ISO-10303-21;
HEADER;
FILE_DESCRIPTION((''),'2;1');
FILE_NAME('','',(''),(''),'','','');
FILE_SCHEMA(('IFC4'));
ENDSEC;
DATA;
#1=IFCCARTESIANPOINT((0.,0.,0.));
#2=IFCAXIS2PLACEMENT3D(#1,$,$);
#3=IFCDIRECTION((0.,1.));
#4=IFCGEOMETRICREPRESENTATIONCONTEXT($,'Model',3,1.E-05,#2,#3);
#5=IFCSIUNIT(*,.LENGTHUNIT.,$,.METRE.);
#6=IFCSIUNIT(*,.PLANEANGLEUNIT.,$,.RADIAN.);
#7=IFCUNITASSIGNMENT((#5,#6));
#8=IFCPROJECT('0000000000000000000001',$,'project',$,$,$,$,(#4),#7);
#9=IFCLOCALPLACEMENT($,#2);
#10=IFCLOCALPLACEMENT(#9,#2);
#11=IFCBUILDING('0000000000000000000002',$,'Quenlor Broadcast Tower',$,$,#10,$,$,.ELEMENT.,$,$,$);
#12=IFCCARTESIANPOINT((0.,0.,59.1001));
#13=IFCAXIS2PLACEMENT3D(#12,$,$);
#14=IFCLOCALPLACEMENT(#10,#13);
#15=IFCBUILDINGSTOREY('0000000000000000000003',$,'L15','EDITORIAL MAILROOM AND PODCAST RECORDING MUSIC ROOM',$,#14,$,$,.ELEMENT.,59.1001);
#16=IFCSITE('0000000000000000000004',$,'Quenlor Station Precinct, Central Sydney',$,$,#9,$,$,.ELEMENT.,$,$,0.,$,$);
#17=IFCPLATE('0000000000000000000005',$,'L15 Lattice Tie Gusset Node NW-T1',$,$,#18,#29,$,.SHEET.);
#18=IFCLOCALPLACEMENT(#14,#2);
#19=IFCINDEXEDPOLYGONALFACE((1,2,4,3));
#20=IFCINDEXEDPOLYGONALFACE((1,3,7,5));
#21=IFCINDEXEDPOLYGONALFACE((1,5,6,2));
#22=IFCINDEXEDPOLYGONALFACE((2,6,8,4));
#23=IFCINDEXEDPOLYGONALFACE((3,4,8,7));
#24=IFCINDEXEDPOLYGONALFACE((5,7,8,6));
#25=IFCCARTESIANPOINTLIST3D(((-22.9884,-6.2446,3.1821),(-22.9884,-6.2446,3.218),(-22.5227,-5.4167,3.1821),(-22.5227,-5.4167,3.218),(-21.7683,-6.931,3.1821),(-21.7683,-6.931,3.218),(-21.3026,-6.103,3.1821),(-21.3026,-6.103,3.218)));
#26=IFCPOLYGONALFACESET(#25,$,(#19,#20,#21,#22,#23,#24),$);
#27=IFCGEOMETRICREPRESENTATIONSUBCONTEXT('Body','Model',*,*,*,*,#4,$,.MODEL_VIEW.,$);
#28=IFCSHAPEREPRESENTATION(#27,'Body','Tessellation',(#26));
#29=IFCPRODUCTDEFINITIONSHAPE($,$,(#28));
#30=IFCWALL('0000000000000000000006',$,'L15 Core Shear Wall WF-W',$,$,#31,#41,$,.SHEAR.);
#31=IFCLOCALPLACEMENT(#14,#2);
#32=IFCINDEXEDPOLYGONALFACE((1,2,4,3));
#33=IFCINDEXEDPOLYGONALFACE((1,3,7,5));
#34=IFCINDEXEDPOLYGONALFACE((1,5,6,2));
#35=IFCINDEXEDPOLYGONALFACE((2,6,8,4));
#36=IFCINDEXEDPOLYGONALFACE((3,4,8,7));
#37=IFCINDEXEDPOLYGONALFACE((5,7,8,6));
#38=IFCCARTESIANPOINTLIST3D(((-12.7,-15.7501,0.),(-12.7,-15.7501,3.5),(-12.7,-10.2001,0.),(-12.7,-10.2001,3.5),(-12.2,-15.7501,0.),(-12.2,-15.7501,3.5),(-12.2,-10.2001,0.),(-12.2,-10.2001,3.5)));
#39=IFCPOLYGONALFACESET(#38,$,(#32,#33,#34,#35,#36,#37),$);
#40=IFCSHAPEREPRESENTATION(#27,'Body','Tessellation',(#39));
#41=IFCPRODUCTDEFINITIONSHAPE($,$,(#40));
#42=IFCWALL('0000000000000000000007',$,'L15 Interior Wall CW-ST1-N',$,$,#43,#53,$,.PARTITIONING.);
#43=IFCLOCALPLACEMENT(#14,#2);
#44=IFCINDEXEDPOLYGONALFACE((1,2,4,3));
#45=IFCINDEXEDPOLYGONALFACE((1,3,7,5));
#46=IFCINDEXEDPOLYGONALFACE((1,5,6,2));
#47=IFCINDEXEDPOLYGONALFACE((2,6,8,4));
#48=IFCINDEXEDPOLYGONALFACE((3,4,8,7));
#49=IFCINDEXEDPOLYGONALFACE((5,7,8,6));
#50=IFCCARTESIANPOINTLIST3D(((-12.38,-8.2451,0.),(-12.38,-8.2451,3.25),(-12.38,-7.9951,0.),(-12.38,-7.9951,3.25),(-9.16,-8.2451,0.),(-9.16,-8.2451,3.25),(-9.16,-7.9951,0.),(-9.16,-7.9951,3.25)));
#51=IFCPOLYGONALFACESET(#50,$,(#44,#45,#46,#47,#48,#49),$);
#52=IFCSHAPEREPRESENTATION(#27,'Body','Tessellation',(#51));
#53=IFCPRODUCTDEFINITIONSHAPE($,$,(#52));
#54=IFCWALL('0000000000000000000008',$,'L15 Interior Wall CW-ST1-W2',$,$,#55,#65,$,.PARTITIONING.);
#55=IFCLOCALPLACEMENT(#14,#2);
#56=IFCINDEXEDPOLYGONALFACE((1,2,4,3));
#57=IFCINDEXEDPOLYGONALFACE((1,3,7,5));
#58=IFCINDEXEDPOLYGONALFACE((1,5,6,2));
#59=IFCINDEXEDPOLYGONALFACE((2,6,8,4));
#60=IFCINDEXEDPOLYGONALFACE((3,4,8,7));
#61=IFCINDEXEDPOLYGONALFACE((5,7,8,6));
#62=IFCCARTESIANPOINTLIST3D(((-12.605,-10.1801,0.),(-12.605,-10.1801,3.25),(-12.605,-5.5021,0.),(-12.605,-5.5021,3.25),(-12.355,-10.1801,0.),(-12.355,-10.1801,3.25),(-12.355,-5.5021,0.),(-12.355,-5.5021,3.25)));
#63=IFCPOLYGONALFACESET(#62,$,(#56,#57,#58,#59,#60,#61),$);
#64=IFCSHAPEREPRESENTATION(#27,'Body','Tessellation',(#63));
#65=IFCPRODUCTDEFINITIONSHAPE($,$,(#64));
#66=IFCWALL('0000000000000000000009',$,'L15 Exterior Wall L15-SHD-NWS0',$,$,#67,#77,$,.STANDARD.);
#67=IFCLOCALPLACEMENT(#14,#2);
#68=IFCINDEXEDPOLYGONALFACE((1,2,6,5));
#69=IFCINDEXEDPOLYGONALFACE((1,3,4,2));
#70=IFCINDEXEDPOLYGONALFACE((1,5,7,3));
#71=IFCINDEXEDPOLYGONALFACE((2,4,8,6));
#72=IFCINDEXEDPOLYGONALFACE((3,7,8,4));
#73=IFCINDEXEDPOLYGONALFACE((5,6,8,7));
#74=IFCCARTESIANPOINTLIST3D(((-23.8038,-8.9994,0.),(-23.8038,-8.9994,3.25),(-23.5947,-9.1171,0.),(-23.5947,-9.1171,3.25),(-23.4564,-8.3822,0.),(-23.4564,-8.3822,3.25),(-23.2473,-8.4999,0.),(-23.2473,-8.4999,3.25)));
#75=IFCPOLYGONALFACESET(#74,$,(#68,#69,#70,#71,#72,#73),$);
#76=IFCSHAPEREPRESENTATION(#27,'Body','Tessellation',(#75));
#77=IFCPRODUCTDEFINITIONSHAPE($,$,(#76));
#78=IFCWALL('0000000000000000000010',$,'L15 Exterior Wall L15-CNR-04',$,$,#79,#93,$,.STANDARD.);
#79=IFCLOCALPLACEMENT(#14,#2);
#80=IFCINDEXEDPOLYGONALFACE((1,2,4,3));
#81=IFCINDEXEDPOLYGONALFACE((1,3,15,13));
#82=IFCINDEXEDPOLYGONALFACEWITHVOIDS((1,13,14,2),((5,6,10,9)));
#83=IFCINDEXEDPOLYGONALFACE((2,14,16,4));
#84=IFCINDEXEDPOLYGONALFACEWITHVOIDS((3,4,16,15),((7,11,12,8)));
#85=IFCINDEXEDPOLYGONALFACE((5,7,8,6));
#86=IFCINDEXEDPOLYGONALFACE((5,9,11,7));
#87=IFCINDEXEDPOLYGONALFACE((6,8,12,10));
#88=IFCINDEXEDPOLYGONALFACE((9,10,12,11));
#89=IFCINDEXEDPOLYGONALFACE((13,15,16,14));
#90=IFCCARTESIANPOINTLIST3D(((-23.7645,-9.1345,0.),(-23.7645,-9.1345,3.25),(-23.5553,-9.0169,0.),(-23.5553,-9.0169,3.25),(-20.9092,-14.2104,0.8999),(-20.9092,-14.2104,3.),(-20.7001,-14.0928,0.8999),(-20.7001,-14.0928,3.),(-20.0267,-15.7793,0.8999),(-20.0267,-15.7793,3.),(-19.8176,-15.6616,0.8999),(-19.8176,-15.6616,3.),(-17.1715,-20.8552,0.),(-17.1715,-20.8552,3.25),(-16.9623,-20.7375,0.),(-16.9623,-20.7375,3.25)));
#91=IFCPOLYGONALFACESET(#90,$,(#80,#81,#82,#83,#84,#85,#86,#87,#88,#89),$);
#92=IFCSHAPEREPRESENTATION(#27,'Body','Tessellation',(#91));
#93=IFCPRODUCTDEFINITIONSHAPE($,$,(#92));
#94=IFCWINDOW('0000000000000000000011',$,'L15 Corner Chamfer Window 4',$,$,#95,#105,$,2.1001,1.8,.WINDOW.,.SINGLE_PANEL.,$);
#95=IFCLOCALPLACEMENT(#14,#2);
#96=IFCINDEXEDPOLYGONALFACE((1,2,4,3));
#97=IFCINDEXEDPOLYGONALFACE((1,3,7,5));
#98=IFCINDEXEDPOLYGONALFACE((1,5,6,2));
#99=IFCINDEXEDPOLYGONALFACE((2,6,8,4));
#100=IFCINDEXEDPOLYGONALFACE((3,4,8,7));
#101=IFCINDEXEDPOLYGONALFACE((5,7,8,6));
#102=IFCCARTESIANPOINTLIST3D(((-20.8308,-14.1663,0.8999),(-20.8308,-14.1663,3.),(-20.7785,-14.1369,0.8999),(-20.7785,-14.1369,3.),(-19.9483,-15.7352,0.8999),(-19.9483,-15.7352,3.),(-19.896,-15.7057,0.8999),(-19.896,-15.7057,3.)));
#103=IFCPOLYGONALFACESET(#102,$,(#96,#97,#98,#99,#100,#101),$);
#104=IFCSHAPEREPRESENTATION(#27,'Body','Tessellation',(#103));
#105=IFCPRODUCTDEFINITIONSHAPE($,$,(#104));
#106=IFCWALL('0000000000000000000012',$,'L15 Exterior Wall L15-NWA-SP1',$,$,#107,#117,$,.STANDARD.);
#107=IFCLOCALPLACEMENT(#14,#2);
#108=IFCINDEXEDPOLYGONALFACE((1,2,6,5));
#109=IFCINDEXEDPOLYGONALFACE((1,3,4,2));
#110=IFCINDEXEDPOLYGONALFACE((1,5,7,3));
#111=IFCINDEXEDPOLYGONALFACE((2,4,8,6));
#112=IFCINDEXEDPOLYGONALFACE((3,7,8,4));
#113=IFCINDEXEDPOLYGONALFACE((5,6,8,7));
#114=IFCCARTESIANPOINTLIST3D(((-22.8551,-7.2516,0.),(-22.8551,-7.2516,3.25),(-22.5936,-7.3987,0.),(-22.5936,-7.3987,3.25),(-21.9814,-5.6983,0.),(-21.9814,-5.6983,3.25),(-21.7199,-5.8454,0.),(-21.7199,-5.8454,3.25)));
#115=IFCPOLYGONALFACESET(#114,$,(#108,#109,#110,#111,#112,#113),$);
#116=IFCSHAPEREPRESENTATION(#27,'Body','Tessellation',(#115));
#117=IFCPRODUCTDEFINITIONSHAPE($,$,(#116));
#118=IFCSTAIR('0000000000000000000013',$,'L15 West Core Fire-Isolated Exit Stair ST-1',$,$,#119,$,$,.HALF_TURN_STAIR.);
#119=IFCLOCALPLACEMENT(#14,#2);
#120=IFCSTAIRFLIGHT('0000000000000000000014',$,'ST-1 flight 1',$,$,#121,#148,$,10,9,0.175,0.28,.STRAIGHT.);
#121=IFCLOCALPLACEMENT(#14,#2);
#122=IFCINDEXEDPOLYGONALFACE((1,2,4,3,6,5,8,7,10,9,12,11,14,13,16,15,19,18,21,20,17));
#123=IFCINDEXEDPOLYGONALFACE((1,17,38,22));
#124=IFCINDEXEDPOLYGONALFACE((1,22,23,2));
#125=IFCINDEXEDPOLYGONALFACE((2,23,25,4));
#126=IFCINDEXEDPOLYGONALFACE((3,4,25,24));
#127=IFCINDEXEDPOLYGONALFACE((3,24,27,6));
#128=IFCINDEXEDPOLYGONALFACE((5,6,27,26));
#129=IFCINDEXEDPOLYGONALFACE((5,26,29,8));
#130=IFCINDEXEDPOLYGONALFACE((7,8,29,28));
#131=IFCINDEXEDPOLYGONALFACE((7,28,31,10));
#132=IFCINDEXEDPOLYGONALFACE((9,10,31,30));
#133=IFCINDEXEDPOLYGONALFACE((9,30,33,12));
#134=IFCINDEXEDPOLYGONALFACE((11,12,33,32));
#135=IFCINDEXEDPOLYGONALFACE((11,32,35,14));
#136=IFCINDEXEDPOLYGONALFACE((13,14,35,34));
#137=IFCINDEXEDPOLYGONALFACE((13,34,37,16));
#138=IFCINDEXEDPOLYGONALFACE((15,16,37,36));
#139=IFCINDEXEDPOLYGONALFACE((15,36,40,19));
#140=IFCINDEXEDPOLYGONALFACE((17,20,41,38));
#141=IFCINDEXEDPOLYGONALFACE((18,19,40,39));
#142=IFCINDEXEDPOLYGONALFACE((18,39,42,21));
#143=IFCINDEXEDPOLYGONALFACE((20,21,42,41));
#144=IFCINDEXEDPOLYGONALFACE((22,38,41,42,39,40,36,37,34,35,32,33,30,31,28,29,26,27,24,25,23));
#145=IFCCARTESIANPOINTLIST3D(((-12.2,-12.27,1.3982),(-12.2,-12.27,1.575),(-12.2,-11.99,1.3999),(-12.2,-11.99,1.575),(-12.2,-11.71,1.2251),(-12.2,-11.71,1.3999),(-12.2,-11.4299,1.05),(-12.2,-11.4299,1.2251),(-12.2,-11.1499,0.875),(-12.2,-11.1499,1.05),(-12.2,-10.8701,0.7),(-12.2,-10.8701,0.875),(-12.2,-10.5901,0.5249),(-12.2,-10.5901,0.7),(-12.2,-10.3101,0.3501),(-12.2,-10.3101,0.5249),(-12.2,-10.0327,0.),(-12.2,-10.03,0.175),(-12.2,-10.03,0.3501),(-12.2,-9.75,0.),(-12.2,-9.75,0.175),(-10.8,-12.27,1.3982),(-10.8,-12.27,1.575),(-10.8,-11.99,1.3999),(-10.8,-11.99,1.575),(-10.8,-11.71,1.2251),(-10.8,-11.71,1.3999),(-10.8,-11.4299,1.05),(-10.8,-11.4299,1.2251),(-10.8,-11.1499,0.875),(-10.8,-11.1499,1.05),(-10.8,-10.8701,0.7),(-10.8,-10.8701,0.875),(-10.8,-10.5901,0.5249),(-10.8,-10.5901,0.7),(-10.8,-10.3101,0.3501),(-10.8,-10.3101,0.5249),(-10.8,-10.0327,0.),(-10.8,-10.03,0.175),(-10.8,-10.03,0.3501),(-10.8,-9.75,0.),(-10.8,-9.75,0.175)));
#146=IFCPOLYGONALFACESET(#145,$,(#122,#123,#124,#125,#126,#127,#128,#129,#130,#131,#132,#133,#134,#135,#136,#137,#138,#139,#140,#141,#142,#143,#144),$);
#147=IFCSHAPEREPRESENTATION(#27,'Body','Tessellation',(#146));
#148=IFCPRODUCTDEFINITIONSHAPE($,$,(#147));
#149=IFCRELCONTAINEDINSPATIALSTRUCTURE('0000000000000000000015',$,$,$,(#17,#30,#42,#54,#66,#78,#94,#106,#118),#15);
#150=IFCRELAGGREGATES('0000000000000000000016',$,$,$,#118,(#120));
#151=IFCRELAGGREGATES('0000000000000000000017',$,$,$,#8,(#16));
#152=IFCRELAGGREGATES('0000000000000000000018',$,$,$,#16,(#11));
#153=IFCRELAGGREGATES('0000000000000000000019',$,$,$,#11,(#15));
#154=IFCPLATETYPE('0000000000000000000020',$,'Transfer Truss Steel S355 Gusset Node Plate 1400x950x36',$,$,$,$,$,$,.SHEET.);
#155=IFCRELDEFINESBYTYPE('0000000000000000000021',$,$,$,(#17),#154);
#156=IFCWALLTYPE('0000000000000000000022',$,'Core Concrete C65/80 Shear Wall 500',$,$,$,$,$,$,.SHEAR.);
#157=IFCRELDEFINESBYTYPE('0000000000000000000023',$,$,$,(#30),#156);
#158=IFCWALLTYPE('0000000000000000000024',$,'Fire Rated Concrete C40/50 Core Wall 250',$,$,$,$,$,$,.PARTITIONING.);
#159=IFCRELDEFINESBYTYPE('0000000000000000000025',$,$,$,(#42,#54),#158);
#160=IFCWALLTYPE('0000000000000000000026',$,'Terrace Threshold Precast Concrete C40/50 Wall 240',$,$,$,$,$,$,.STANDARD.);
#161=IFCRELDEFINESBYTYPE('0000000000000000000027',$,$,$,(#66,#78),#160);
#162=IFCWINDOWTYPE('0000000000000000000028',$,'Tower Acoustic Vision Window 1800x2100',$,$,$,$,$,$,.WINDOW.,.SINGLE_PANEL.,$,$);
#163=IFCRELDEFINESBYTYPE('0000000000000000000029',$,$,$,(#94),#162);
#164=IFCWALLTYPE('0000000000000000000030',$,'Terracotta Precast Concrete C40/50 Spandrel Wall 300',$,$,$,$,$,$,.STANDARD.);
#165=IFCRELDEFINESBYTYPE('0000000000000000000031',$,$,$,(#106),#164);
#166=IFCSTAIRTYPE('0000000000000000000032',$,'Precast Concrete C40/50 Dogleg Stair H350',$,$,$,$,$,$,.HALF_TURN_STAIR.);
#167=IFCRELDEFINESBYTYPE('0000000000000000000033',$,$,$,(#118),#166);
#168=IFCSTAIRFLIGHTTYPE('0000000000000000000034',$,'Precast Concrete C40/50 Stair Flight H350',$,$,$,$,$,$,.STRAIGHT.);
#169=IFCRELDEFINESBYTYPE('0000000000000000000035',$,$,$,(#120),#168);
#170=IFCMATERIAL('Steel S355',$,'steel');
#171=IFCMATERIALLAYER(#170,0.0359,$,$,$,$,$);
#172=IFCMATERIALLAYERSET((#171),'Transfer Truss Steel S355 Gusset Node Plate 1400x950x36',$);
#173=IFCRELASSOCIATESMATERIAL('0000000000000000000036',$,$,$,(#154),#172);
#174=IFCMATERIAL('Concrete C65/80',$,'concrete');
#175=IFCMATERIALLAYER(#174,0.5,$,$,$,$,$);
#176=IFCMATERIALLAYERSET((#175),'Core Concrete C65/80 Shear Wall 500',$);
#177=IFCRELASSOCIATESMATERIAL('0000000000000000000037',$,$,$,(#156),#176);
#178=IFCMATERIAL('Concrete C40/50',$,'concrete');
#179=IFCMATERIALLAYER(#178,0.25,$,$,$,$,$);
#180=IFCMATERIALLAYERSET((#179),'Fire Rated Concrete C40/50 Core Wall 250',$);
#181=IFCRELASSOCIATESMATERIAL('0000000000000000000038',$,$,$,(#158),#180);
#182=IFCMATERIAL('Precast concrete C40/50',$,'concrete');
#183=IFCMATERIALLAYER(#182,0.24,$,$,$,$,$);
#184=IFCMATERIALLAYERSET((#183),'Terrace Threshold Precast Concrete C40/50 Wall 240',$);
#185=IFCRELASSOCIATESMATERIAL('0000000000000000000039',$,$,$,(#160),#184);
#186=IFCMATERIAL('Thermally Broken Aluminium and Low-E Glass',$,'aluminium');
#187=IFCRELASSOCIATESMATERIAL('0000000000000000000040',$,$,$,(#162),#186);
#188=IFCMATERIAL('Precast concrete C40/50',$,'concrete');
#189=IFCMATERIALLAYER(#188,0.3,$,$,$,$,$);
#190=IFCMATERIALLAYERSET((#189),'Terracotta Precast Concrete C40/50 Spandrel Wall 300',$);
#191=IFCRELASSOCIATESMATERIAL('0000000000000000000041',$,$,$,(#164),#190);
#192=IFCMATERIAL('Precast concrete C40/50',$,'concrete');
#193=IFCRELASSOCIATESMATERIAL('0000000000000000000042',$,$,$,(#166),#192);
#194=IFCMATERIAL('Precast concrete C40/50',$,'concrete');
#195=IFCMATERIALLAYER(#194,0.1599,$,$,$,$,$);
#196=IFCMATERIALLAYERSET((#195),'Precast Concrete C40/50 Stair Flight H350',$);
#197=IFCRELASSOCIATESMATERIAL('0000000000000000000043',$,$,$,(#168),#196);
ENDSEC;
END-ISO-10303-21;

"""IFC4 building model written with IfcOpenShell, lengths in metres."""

from ifc_helpers import new_model, si_unit, direction, frame, frame_2d, origin, origin_2d, place, context, subcontext, project, spatial, polyline, rectangle, outline, extrude, material, layer, layer_set, type_object, element, fill, aggregate, save


model = new_model("IFC4")

# Units and contexts
model_context = context("Model", 3, precision=1e-05, world=origin(), true_north=direction((0.0, 1.0)))
body_context = subcontext(model_context, "Body", "Model", "MODEL_VIEW")
ifc_project = project(units=[si_unit("LENGTHUNIT", "METRE"), si_unit("PLANEANGLEUNIT", "RADIAN")], contexts=[model_context])

# Site, building, storey
site_placement = place(None, origin())
site = spatial("IfcSite", under=ifc_project, at=site_placement, Name="Quenlor Station Precinct, Central Sydney", CompositionType="ELEMENT", RefElevation=0.0)
building_placement = place(site_placement, origin())
building = spatial("IfcBuilding", under=site, at=building_placement, Name="Quenlor Broadcast Tower", CompositionType="ELEMENT")
storey_placement = place(building_placement, frame((0.0, 0.0, 59.1001)))
storey = spatial("IfcBuildingStorey", under=building, at=storey_placement, Name="L15", Description="EDITORIAL MAILROOM AND PODCAST RECORDING MUSIC ROOM", CompositionType="ELEMENT", Elevation=59.1001)

# Plate
ifc_material_1 = material(Name="Steel S355", Category="steel")
ifc_layer_1 = layer(ifc_material_1, 0.0359)
ifc_layer_set_1 = layer_set([ifc_layer_1], Name="Transfer Truss Steel S355 Gusset Node Plate 1400x950x36")
plate_type_1 = type_object("IfcPlateType", Name="Transfer Truss Steel S355 Gusset Node Plate 1400x950x36", PredefinedType="SHEET", material=ifc_layer_set_1)
for number, where, z_axis, x_axis, name in (
    (1, (-22.1455, -6.1738, 3.1821), (0.0, 0.0, 1.0), (-0.871556, 0.490295, 0.0), "L15 Lattice Tie Gusset Node NW-T1"),
):
    element("IfcPlate", number, at=place(storey_placement, frame(where, z_axis=z_axis, x_axis=x_axis)), inside=storey, type_object=plate_type_1, Name=name, PredefinedType="SHEET", context=body_context, shape_type="SweptSolid", body=[
        extrude(rectangle(XDim=1.3999, YDim=0.95, at=origin_2d()), origin(), (0.0, 0.0, 1.0), 0.0359),
    ])

# Walls
ifc_material_2 = material(Name="Concrete C65/80", Category="concrete")
ifc_layer_2 = layer(ifc_material_2, 0.5)
ifc_layer_set_2 = layer_set([ifc_layer_2], Name="Core Concrete C65/80 Shear Wall 500")
wall_type_1 = type_object("IfcWallType", Name="Core Concrete C65/80 Shear Wall 500", PredefinedType="SHEAR", material=ifc_layer_set_2)
wall_1_placement = place(storey_placement, frame((-12.45, -15.75, 0.0), z_axis=(0.0, 0.0, 1.0), x_axis=(0.0, 1.0, 0.0)))
element("IfcWall", 2, at=wall_1_placement, inside=storey, type_object=wall_type_1, Name="L15 Core Shear Wall WF-W", PredefinedType="SHEAR", context=body_context, shape_type="SweptSolid", body=[
    extrude(rectangle(XDim=5.55, YDim=0.5, at=frame_2d((2.7749, 0.0))), origin(), (0.0, 0.0, 1.0), 3.5),
])
ifc_material_3 = material(Name="Concrete C40/50", Category="concrete")
ifc_layer_3 = layer(ifc_material_3, 0.25)
ifc_layer_set_3 = layer_set([ifc_layer_3], Name="Fire Rated Concrete C40/50 Core Wall 250")
wall_type_2 = type_object("IfcWallType", Name="Fire Rated Concrete C40/50 Core Wall 250", PredefinedType="PARTITIONING", material=ifc_layer_set_3)
wall_2_placement = place(storey_placement, frame((-12.3799, -8.1201, 0.0), z_axis=(0.0, 0.0, 1.0), x_axis=(1.0, 0.0, 0.0)))
element("IfcWall", 3, at=wall_2_placement, inside=storey, type_object=wall_type_2, Name="L15 Interior Wall CW-ST1-N", PredefinedType="PARTITIONING", context=body_context, shape_type="SweptSolid", body=[
    extrude(rectangle(XDim=3.22, YDim=0.25, at=frame_2d((1.6099, 0.0))), origin(), (0.0, 0.0, 1.0), 3.25),
])
wall_3_placement = place(storey_placement, frame((-12.48, -10.1799, 0.0), z_axis=(0.0, 0.0, 1.0), x_axis=(0.0, 1.0, 0.0)))
element("IfcWall", 4, at=wall_3_placement, inside=storey, type_object=wall_type_2, Name="L15 Interior Wall CW-ST1-W2", PredefinedType="PARTITIONING", context=body_context, shape_type="SweptSolid", body=[
    extrude(rectangle(XDim=4.678, YDim=0.25, at=frame_2d((2.3389, 0.0))), origin(), (0.0, 0.0, 1.0), 3.25),
])

# Wall
ifc_material_4 = material(Name="Precast concrete C40/50", Category="concrete")
ifc_layer_4 = layer(ifc_material_4, 0.24)
ifc_layer_set_4 = layer_set([ifc_layer_4], Name="Terrace Threshold Precast Concrete C40/50 Wall 240")
wall_type_3 = type_object("IfcWallType", Name="Terrace Threshold Precast Concrete C40/50 Wall 240", PredefinedType="STANDARD", material=ifc_layer_set_4)
wall_4_placement = place(storey_placement, frame((-23.6992, -9.0581, 0.0), z_axis=(0.0, 0.0, 1.0), x_axis=(0.490523, 0.871428, 0.0)))
element("IfcWall", 5, at=wall_4_placement, inside=storey, type_object=wall_type_3, Name="L15 Exterior Wall L15-SHD-NWS0", PredefinedType="STANDARD", context=body_context, shape_type="SweptSolid", body=[
    extrude(rectangle(XDim=0.7083, YDim=0.24, at=frame_2d((0.354, 0.0))), origin(), (0.0, 0.0, 1.0), 3.25),
])

# Wall, opening, window
wall_5_placement = place(storey_placement, frame((-23.6599, -9.0757, 0.0), z_axis=(0.0, 0.0, 1.0), x_axis=(0.490268, -0.871572, 0.0)))
wall_5 = element("IfcWall", 6, at=wall_5_placement, inside=storey, type_object=wall_type_3, Name="L15 Exterior Wall L15-CNR-04", PredefinedType="STANDARD", context=body_context, shape_type="SweptSolid", body=[
    extrude(rectangle(XDim=13.4478, YDim=0.24, at=frame_2d((6.7239, 0.0))), origin(), (0.0, 0.0, 1.0), 3.25),
])
opening_1_placement = place(wall_5_placement, frame((5.824, 0.0, 0.8999)))
opening_1 = element("IfcOpeningElement", 7, at=opening_1_placement, cuts=wall_5, PredefinedType="OPENING", context=body_context, shape_type="SweptSolid", body=[
    extrude(rectangle(XDim=1.8, YDim=2.1001, at=frame_2d((0.8999, 1.05))), frame((0.0, 0.1299, 0.0), z_axis=(0.0, -1.0, 0.0), x_axis=(1.0, 0.0, 0.0)), (0.0, 0.0, 1.0), 0.26),
])
ifc_material_5 = material(Name="Thermally Broken Aluminium and Low-E Glass", Category="aluminium")
window_type = type_object("IfcWindowType", Name="Tower Acoustic Vision Window 1800x2100", PartitioningType="SINGLE_PANEL", PredefinedType="WINDOW", material=ifc_material_5)
window_placement = place(opening_1_placement, origin())
window = element("IfcWindow", 8, at=window_placement, inside=storey, type_object=window_type, Name="L15 Corner Chamfer Window 4", OverallHeight=2.1001, OverallWidth=1.8, PartitioningType="SINGLE_PANEL", PredefinedType="WINDOW", context=body_context, shape_type="SweptSolid", body=[
    extrude(rectangle(XDim=1.8, YDim=2.1001, at=frame_2d((0.8999, 1.05))), frame((0.0, 0.03, 0.0), z_axis=(0.0, -1.0, 0.0), x_axis=(1.0, 0.0, 0.0)), (0.0, 0.0, 1.0), 0.0601),
])
fill(opening_1, window)

# Wall
ifc_material_6 = material(Name="Precast concrete C40/50", Category="concrete")
ifc_layer_5 = layer(ifc_material_6, 0.3)
ifc_layer_set_5 = layer_set([ifc_layer_5], Name="Terracotta Precast Concrete C40/50 Spandrel Wall 300")
wall_type_4 = type_object("IfcWallType", Name="Terracotta Precast Concrete C40/50 Spandrel Wall 300", PredefinedType="STANDARD", material=ifc_layer_set_5)
wall_6_placement = place(storey_placement, frame((-22.7244, -7.3252, 0.0), z_axis=(0.0, 0.0, 1.0), x_axis=(0.490242, 0.871587, 0.0)))
element("IfcWall", 9, at=wall_6_placement, inside=storey, type_object=wall_type_4, Name="L15 Exterior Wall L15-NWA-SP1", PredefinedType="STANDARD", context=body_context, shape_type="SweptSolid", body=[
    extrude(rectangle(XDim=1.7822, YDim=0.3, at=frame_2d((0.8911, 0.0))), origin(), (0.0, 0.0, 1.0), 3.25),
])

# Stair, stair flight
ifc_material_7 = material(Name="Precast concrete C40/50", Category="concrete")
stair_type = type_object("IfcStairType", Name="Precast Concrete C40/50 Dogleg Stair H350", PredefinedType="HALF_TURN_STAIR", material=ifc_material_7)
stair_placement = place(storey_placement, origin())
stair = element("IfcStair", 10, at=stair_placement, inside=storey, type_object=stair_type, Name="L15 West Core Fire-Isolated Exit Stair ST-1", PredefinedType="HALF_TURN_STAIR")
ifc_material_8 = material(Name="Precast concrete C40/50", Category="concrete")
ifc_layer_6 = layer(ifc_material_8, 0.1599)
ifc_layer_set_6 = layer_set([ifc_layer_6], Name="Precast Concrete C40/50 Stair Flight H350")
stair_flight_type = type_object("IfcStairFlightType", Name="Precast Concrete C40/50 Stair Flight H350", PredefinedType="STRAIGHT", material=ifc_layer_set_6)
stair_flight_placement = place(storey_placement, frame((-11.5, -9.75, 0.0), z_axis=(0.0, 0.0, 1.0), x_axis=(0.0, -1.0, 0.0)))
stair_flight = element("IfcStairFlight", 11, at=stair_flight_placement, type_object=stair_flight_type, Name="ST-1 flight 1", NumberOfRisers=10, NumberOfTreads=9, PredefinedType="STRAIGHT", RiserHeight=0.175, TreadLength=0.28, context=body_context, shape_type="SweptSolid", body=[
    extrude(outline(polyline([(0.0, 0.0), (0.0, 0.175), (0.28, 0.175), (0.28, 0.3501), (0.5601, 0.3501), (0.5601, 0.5249), (0.8401, 0.5249), (0.8401, 0.7), (1.1201, 0.7), (1.1201, 0.875), (1.3999, 0.875), (1.3999, 1.05), (1.6799, 1.05), (1.6799, 1.2251), (1.96, 1.2251), (1.96, 1.3999), (2.24, 1.3999), (2.24, 1.575), (2.52, 1.575), (2.52, 1.75), (2.52, 1.3982), (0.2827, 0.0), (0.0, 0.0)])), frame((0.0, 0.7, 0.0), z_axis=(0.0, -1.0, 0.0), x_axis=(1.0, 0.0, 0.0)), (0.0, 0.0, 1.0), 1.3999),
])
aggregate(stair, [stair_flight])

save(model, "model.ifc")
